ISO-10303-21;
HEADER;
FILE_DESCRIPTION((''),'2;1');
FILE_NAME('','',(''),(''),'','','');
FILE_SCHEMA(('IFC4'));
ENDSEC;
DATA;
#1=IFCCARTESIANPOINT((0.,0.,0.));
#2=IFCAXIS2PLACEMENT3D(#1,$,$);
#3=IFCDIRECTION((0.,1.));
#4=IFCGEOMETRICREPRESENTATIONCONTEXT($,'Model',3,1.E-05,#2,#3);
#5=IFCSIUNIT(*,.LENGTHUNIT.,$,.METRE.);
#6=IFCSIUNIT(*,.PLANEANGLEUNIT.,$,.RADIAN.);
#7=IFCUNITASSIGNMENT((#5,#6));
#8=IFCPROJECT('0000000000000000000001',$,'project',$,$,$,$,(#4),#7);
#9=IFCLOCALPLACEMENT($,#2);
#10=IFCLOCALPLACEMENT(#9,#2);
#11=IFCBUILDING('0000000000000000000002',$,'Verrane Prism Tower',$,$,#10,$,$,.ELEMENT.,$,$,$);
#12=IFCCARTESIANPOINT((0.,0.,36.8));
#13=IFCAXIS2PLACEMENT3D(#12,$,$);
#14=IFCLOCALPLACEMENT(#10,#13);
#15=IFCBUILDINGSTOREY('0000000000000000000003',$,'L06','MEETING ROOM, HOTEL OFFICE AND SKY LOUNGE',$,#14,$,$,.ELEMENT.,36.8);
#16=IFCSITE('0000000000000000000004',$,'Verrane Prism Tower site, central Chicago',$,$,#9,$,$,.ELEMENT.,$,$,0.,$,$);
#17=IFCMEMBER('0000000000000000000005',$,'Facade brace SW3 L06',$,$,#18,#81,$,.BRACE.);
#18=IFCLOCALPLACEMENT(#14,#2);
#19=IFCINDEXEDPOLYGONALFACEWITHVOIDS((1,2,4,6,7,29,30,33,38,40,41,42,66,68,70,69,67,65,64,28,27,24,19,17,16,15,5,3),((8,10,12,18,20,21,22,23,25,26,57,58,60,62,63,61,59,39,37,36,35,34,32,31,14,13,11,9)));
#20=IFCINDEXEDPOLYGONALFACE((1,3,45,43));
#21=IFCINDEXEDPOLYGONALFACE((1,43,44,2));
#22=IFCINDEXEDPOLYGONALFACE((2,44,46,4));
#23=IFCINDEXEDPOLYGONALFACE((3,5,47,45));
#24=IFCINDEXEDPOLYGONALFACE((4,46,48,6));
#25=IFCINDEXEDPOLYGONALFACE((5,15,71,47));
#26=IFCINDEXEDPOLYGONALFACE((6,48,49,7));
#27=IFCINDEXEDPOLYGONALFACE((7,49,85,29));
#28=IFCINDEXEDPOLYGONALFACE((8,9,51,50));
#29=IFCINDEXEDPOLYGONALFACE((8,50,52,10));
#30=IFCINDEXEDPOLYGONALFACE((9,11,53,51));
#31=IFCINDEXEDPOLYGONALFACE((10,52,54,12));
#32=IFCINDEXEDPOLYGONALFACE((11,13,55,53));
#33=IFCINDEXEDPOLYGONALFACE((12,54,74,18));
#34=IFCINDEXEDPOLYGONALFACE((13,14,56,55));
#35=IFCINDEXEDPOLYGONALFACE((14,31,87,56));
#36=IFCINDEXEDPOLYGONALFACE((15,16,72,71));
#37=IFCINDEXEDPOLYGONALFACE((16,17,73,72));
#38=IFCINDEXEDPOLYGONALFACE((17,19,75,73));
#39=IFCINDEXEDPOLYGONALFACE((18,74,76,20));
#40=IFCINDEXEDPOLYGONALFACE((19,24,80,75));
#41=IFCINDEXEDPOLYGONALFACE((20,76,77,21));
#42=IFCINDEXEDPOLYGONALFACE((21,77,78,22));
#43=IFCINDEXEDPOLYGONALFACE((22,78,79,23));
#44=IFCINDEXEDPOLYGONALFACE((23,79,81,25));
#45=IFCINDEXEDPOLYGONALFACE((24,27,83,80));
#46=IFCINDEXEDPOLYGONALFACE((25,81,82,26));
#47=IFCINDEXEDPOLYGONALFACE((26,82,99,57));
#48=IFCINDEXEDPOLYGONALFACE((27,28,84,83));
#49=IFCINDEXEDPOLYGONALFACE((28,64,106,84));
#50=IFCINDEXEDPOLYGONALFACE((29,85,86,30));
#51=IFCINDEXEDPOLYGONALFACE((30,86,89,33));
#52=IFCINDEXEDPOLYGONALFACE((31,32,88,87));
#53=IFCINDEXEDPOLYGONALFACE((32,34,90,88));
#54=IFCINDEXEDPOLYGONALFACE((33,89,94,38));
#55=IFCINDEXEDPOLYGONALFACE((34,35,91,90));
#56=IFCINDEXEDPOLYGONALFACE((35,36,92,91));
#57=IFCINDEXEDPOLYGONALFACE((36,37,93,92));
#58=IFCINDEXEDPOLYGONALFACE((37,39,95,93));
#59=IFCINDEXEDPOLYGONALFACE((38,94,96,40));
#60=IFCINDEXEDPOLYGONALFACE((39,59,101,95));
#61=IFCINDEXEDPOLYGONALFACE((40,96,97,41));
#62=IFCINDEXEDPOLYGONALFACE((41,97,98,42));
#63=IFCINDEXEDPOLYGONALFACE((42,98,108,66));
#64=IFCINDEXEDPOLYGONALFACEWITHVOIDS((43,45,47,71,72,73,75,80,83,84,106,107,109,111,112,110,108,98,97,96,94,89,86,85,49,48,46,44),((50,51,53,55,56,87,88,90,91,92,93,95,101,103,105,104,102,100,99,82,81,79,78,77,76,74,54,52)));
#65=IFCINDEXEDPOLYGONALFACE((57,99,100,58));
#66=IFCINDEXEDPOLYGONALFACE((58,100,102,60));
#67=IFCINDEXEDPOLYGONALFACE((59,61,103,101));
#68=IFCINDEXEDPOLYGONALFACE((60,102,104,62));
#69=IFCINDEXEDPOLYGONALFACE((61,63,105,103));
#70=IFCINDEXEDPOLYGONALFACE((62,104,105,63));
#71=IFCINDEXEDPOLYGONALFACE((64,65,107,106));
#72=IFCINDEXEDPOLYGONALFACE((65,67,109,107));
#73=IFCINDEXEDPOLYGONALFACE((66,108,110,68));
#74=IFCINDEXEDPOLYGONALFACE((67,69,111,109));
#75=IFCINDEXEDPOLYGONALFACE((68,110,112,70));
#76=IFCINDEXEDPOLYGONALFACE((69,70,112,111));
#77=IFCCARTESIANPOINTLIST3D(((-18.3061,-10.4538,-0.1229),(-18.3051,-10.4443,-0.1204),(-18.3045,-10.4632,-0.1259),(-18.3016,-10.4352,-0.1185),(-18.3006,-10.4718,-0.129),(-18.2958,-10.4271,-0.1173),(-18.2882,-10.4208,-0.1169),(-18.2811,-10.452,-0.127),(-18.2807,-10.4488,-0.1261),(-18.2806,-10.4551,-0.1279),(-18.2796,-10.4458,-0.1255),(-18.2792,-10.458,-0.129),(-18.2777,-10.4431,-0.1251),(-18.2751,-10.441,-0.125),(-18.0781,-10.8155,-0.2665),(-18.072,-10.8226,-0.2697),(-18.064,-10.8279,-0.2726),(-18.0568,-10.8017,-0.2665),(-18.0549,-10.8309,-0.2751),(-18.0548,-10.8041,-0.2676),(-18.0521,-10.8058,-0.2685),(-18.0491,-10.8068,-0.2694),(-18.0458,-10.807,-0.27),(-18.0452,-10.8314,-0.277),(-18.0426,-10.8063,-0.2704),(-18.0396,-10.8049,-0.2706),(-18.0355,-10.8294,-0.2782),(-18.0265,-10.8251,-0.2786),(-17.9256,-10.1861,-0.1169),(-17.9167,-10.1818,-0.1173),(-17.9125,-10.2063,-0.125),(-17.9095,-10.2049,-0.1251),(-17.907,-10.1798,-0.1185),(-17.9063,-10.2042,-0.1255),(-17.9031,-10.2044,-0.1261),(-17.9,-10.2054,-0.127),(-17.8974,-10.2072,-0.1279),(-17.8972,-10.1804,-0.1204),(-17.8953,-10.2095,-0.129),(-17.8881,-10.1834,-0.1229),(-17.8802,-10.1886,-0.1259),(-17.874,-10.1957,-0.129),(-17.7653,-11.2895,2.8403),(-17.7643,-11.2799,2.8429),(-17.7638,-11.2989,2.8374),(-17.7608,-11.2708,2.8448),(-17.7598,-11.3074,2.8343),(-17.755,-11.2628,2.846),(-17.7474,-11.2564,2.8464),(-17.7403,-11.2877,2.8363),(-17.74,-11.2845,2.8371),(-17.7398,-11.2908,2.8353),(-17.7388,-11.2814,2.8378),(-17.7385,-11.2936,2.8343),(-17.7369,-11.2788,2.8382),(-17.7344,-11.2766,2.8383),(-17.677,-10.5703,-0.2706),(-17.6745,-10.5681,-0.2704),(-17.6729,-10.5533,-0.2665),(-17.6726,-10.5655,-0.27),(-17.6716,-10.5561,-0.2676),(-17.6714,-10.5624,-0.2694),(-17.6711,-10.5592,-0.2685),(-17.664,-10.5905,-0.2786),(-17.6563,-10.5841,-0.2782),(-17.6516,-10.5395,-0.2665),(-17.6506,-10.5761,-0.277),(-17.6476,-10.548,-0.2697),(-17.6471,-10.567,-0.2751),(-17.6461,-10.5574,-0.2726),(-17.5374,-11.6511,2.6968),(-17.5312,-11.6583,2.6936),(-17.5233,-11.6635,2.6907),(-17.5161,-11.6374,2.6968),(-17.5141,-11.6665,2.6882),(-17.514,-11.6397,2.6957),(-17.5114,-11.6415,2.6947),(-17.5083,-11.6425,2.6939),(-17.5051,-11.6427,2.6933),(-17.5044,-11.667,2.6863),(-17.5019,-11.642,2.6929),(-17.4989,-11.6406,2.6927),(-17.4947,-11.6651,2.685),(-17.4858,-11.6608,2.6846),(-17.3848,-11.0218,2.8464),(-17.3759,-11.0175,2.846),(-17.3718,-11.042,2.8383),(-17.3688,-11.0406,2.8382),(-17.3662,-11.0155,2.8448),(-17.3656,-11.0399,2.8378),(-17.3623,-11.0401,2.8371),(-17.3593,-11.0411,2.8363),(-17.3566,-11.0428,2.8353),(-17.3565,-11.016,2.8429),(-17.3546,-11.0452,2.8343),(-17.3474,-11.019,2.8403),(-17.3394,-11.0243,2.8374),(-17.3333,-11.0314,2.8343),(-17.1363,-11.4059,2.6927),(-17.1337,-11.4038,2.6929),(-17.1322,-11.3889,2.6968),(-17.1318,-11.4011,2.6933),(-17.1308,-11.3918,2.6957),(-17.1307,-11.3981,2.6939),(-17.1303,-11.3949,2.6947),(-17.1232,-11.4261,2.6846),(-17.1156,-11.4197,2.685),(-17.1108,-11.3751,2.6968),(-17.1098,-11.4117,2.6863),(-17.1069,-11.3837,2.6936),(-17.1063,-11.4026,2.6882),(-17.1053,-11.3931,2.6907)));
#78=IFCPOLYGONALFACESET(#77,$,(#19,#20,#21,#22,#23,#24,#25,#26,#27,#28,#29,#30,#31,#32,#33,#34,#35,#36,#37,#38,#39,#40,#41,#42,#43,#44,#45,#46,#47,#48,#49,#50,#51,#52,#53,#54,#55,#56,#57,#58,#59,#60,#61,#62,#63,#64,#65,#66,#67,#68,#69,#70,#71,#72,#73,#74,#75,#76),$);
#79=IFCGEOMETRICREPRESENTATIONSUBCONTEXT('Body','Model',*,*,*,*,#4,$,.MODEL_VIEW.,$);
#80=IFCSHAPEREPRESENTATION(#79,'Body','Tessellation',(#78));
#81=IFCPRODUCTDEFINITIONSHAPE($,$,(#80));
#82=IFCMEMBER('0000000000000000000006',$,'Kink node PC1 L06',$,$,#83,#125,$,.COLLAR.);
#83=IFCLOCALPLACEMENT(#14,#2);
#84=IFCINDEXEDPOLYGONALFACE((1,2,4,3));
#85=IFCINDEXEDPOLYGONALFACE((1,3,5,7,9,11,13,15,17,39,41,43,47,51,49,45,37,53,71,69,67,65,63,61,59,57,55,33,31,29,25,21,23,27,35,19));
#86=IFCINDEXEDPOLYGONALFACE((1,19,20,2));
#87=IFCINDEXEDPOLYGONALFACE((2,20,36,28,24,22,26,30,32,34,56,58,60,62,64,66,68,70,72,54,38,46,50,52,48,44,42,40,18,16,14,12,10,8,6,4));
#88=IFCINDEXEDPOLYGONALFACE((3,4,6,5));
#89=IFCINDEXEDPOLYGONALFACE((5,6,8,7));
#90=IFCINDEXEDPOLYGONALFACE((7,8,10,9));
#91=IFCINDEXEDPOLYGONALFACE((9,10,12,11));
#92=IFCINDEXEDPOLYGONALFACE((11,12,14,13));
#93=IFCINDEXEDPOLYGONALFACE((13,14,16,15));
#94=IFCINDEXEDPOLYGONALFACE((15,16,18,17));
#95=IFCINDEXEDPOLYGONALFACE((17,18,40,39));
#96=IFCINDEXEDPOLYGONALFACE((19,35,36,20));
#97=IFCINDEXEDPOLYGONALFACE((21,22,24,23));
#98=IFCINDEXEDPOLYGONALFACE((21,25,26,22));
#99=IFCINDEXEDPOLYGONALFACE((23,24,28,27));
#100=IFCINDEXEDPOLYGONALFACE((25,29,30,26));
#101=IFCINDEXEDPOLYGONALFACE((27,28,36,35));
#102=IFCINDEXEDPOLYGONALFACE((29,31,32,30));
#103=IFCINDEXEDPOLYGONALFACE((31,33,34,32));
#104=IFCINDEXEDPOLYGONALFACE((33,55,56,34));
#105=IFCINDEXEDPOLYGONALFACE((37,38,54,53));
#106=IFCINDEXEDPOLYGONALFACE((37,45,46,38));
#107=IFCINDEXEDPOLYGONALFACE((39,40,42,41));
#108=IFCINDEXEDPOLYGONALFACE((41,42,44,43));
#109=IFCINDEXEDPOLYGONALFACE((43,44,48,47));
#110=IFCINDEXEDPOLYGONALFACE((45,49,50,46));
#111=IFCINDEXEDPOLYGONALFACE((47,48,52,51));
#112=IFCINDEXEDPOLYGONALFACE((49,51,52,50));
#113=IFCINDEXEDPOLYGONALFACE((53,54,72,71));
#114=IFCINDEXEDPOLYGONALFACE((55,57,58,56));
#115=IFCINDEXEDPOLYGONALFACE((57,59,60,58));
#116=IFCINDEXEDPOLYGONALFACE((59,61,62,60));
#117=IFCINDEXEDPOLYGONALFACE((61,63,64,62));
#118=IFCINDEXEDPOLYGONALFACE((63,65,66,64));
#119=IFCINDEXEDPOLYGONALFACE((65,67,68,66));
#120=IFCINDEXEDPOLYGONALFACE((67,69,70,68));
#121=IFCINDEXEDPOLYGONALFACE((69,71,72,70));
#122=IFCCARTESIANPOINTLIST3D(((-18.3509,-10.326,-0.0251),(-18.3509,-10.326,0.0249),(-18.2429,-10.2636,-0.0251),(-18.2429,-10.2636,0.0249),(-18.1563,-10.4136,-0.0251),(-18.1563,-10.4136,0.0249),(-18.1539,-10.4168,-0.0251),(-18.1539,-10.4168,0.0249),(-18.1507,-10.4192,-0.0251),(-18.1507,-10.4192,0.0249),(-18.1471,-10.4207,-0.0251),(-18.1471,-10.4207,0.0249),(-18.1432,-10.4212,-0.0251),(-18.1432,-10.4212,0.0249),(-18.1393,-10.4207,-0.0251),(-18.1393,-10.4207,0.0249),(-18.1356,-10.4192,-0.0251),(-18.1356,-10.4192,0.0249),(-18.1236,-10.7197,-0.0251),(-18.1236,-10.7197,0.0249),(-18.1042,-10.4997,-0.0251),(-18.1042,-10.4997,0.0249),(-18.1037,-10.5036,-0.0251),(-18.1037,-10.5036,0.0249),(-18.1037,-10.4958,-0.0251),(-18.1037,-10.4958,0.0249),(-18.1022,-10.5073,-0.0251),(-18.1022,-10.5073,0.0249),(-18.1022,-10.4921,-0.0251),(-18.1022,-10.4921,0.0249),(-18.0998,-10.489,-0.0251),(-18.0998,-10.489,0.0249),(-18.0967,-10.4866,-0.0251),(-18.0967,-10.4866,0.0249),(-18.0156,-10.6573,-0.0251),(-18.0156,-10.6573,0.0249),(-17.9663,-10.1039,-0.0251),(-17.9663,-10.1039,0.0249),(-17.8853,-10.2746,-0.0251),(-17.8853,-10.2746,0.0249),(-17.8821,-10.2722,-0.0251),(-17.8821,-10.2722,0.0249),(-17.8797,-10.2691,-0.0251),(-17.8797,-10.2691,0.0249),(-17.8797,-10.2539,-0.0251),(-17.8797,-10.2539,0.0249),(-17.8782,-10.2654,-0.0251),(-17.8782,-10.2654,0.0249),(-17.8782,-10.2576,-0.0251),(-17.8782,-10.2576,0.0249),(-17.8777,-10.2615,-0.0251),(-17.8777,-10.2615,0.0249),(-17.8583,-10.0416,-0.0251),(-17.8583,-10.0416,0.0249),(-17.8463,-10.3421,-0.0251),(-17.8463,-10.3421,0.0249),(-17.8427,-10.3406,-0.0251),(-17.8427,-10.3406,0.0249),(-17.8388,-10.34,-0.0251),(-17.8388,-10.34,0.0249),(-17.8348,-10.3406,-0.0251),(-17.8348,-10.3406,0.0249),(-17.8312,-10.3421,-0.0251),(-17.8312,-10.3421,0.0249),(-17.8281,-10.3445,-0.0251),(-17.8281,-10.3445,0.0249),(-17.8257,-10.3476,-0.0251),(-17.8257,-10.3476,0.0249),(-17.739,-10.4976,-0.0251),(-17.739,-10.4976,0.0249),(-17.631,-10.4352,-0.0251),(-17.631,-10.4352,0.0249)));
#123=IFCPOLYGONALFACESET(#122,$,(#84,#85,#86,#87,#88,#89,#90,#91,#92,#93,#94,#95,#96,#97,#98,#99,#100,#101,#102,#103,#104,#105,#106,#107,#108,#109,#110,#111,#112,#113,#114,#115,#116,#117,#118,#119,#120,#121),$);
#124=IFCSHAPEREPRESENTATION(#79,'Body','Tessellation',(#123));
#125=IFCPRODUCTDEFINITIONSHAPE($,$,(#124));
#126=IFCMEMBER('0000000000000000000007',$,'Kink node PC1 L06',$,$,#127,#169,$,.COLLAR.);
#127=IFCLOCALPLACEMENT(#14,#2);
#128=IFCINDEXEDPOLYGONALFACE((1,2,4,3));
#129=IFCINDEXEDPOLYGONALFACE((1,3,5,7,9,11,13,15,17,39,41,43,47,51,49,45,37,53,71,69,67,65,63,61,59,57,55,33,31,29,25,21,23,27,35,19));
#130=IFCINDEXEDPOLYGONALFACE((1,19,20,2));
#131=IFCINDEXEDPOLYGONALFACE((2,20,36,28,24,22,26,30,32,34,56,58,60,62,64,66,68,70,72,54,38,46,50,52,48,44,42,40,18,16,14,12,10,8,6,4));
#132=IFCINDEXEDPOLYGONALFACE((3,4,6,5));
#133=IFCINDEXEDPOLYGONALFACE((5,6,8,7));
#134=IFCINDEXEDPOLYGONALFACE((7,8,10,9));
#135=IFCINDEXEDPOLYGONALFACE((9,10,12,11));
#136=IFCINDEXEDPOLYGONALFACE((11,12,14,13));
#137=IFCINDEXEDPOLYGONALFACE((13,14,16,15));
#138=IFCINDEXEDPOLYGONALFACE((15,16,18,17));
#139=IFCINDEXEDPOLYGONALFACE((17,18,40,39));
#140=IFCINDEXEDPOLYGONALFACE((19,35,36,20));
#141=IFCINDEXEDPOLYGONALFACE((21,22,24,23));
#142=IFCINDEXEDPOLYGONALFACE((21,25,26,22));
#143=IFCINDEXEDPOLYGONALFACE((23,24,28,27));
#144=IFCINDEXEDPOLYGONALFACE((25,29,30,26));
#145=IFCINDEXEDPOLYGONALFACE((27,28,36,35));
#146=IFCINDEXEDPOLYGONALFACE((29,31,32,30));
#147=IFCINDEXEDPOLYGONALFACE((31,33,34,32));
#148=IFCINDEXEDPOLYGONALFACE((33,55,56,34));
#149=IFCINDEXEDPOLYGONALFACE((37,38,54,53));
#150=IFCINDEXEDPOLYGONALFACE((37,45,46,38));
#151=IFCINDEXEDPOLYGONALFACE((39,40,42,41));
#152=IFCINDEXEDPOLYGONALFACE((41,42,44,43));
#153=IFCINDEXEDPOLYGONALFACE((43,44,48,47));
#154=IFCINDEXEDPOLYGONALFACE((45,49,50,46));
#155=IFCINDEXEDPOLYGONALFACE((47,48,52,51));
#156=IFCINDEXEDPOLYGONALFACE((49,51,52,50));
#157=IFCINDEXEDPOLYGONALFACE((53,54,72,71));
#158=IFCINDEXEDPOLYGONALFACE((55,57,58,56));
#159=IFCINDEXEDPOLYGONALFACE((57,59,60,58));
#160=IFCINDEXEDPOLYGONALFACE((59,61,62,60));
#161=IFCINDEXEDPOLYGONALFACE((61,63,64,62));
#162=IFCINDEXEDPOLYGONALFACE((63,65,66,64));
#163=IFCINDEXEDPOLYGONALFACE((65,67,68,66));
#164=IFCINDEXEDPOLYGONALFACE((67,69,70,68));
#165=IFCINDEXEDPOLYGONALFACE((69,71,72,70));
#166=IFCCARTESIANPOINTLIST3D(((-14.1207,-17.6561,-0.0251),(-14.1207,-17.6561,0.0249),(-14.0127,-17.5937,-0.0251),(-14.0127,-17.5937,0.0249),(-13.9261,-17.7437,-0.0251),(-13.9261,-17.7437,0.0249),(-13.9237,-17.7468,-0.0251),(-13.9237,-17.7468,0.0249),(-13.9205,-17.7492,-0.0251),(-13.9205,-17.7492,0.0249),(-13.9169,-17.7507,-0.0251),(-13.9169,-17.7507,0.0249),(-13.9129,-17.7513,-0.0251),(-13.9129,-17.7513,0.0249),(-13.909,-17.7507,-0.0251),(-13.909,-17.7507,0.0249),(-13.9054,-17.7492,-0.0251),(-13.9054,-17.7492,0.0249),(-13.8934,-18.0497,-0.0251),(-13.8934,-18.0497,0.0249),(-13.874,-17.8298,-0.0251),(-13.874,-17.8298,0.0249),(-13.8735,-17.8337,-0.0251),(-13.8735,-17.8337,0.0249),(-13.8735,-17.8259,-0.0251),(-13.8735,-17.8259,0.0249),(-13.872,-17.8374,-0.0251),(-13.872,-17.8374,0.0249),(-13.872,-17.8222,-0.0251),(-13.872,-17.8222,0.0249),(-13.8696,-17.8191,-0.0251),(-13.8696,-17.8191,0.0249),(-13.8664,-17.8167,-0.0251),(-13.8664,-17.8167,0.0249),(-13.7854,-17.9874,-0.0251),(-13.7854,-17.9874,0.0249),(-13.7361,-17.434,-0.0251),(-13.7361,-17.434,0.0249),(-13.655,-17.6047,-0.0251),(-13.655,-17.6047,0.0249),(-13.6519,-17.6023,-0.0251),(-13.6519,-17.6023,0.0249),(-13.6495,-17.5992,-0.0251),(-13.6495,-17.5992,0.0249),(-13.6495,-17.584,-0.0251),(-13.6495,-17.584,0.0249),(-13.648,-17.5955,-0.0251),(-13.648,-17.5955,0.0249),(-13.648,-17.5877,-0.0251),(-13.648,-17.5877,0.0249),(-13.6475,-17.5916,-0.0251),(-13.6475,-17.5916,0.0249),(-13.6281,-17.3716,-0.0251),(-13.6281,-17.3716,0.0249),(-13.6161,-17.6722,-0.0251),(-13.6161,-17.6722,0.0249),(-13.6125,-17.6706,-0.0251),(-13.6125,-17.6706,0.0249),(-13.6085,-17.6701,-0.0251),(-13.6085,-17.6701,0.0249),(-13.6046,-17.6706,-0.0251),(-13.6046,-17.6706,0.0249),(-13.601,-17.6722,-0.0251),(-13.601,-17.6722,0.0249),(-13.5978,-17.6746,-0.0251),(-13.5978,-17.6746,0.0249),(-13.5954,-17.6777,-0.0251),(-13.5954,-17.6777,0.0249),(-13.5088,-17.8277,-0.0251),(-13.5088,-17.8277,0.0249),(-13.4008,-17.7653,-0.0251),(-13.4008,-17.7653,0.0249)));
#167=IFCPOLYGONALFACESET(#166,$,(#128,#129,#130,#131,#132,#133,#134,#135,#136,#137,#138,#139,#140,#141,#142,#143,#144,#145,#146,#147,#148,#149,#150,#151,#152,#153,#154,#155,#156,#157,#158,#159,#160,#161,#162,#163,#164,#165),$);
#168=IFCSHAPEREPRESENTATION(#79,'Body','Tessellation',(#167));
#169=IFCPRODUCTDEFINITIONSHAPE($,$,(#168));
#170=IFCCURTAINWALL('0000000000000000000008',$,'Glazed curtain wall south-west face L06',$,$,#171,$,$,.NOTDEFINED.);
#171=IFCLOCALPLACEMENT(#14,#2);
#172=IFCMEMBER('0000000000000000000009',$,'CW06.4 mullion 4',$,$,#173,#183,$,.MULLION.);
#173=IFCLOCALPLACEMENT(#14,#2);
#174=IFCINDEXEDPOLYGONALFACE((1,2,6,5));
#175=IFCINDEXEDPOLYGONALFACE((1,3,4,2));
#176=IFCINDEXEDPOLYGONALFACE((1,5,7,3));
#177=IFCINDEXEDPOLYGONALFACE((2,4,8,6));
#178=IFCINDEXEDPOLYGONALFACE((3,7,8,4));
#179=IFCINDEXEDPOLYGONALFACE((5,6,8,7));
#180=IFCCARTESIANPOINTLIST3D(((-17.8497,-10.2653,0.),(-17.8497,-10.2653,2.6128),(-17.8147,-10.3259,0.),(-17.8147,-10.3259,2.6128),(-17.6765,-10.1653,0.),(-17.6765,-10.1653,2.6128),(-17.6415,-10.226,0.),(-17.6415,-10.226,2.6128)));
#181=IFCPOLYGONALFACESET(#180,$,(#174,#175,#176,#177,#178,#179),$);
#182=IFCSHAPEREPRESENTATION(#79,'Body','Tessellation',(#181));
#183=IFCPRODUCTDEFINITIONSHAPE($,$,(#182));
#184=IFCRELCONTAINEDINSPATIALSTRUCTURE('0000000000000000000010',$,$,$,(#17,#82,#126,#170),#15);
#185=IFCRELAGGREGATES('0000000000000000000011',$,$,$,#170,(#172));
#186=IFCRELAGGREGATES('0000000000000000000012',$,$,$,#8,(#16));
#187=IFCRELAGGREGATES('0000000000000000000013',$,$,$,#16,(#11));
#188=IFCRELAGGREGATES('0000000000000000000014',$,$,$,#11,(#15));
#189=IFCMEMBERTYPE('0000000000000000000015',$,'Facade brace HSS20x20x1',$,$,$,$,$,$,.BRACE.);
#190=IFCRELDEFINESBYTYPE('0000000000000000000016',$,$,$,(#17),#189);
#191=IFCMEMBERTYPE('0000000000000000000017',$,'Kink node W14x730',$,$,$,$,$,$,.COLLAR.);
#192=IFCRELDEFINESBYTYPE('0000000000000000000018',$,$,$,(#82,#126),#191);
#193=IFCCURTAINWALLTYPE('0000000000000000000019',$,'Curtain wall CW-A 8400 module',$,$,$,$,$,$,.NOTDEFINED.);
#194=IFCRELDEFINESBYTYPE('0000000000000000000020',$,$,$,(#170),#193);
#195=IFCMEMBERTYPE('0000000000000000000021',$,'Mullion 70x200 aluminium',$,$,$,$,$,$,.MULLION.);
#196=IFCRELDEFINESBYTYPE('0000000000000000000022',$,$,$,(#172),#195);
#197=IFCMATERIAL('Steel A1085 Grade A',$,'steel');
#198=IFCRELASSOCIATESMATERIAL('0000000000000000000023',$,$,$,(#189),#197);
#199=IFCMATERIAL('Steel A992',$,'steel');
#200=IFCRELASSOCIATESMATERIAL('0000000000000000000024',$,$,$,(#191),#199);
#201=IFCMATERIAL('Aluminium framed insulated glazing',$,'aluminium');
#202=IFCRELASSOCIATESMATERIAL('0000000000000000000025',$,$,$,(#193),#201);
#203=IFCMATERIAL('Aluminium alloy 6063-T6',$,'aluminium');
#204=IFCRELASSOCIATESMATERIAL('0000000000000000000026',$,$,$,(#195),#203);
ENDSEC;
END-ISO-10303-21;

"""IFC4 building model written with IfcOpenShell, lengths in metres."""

from ifc_helpers import new_model, si_unit, direction, frame, origin, origin_2d, place, context, subcontext, project, spatial, rectangle, hollow_rectangle, i_section, extrude, material, material_profile, profile_set, type_object, element, aggregate, save


model = new_model("IFC4")

# Units and contexts
model_context = context("Model", 3, precision=1e-05, world=origin(), true_north=direction((0.0, 1.0)))
body_context = subcontext(model_context, "Body", "Model", "MODEL_VIEW")
ifc_project = project(units=[si_unit("LENGTHUNIT", "METRE"), si_unit("PLANEANGLEUNIT", "RADIAN")], contexts=[model_context])

# Site, building, storey
site_placement = place(None, origin())
site = spatial("IfcSite", under=ifc_project, at=site_placement, Name="Verrane Prism Tower site, central Chicago", CompositionType="ELEMENT", RefElevation=0.0)
building_placement = place(site_placement, origin())
building = spatial("IfcBuilding", under=site, at=building_placement, Name="Verrane Prism Tower", CompositionType="ELEMENT")
storey_placement = place(building_placement, frame((0.0, 0.0, 36.8)))
storey = spatial("IfcBuildingStorey", under=building, at=storey_placement, Name="L06", Description="MEETING ROOM, HOTEL OFFICE AND SKY LOUNGE", CompositionType="ELEMENT", Elevation=36.8)

# Members
ifc_material_1 = material(Name="Steel A1085 Grade A", Category="steel")
ifc_material_profile_1 = material_profile(ifc_material_1, hollow_rectangle(XDim=0.5081, YDim=0.5081, WallThickness=0.0254, InnerFilletRadius=0.0127, OuterFilletRadius=0.0381, at=origin_2d()), Name="HSS20x20x1")
ifc_profile_set_1 = profile_set([ifc_material_profile_1], Name="Steel A1085 Grade A")
member_type_1 = type_object("IfcMemberType", Name="Facade brace HSS20x20x1", PredefinedType="BRACE", material=ifc_profile_set_1)
member_1_placement = place(storey_placement, frame((-17.9761, -10.5056, -0.1978), z_axis=(0.172987, -0.267329, 0.947951), x_axis=(0.839557, 0.543272, 0.0)))
element("IfcMember", 1, at=member_1_placement, inside=storey, type_object=member_type_1, Name="Facade brace SW3 L06", PredefinedType="BRACE", context=body_context, shape_type="SweptSolid", body=[
    extrude(hollow_rectangle(XDim=0.5081, YDim=0.5081, WallThickness=0.0254, InnerFilletRadius=0.0127, OuterFilletRadius=0.0381, at=origin_2d()), origin(), (0.0, 0.0, 1.0), 3.126),
])
ifc_material_2 = material(Name="Steel A992", Category="steel")
ifc_material_profile_2 = material_profile(ifc_material_2, i_section(OverallWidth=0.4546, OverallDepth=0.5688, WebThickness=0.0779, FlangeThickness=0.1248, FilletRadius=0.0151, at=origin_2d()), Name="W14x730")
ifc_profile_set_2 = profile_set([ifc_material_profile_2], Name="Steel A992")
member_type_2 = type_object("IfcMemberType", Name="Kink node W14x730", PredefinedType="COLLAR", material=ifc_profile_set_2)
for number, where, z_axis, x_axis, name in (
    (2, (-17.991, -10.3806, -0.0251), (0.0, 0.0, 1.0), (-0.5, 0.866025, 0.0), "Kink node PC1 L06"),
    (3, (-13.7607, -17.7107, -0.0251), (0.0, 0.0, 1.0), (-0.5, 0.866025, 0.0), "Kink node PC1 L06"),
):
    element("IfcMember", number, at=place(storey_placement, frame(where, z_axis=z_axis, x_axis=x_axis)), inside=storey, type_object=member_type_2, Name=name, PredefinedType="COLLAR", context=body_context, shape_type="SweptSolid", body=[
        extrude(i_section(OverallWidth=0.4546, OverallDepth=0.5688, WebThickness=0.0779, FlangeThickness=0.1248, FilletRadius=0.0151, at=origin_2d()), origin(), (0.0, 0.0, 1.0), 0.05),
    ])

# Curtain wall, member
ifc_material_3 = material(Name="Aluminium framed insulated glazing", Category="aluminium")
curtain_wall_type = type_object("IfcCurtainWallType", Name="Curtain wall CW-A 8400 module", PredefinedType="NOTDEFINED", material=ifc_material_3)
curtain_wall_placement = place(storey_placement, origin())
curtain_wall = element("IfcCurtainWall", 4, at=curtain_wall_placement, inside=storey, type_object=curtain_wall_type, Name="Glazed curtain wall south-west face L06", PredefinedType="NOTDEFINED")
ifc_material_4 = material(Name="Aluminium alloy 6063-T6", Category="aluminium")
ifc_material_profile_3 = material_profile(ifc_material_4, rectangle(XDim=0.2, YDim=0.0701, at=origin_2d()), Name="Mullion 70x200 aluminium")
ifc_profile_set_3 = profile_set([ifc_material_profile_3], Name="Aluminium alloy 6063-T6")
member_type_3 = type_object("IfcMemberType", Name="Mullion 70x200 aluminium", PredefinedType="MULLION", material=ifc_profile_set_3)
member_2_placement = place(storey_placement, frame((-17.7456, -10.2456, 0.0), z_axis=(0.0, 0.0, 1.0), x_axis=(0.866025, 0.5, 0.0)))
member_2 = element("IfcMember", 5, at=member_2_placement, type_object=member_type_3, Name="CW06.4 mullion 4", PredefinedType="MULLION", context=body_context, shape_type="SweptSolid", body=[
    extrude(rectangle(XDim=0.2, YDim=0.0701, at=origin_2d()), origin(), (0.0, 0.0, 1.0), 2.6128),
])

aggregate(curtain_wall, [member_2])

save(model, "model.ifc")
